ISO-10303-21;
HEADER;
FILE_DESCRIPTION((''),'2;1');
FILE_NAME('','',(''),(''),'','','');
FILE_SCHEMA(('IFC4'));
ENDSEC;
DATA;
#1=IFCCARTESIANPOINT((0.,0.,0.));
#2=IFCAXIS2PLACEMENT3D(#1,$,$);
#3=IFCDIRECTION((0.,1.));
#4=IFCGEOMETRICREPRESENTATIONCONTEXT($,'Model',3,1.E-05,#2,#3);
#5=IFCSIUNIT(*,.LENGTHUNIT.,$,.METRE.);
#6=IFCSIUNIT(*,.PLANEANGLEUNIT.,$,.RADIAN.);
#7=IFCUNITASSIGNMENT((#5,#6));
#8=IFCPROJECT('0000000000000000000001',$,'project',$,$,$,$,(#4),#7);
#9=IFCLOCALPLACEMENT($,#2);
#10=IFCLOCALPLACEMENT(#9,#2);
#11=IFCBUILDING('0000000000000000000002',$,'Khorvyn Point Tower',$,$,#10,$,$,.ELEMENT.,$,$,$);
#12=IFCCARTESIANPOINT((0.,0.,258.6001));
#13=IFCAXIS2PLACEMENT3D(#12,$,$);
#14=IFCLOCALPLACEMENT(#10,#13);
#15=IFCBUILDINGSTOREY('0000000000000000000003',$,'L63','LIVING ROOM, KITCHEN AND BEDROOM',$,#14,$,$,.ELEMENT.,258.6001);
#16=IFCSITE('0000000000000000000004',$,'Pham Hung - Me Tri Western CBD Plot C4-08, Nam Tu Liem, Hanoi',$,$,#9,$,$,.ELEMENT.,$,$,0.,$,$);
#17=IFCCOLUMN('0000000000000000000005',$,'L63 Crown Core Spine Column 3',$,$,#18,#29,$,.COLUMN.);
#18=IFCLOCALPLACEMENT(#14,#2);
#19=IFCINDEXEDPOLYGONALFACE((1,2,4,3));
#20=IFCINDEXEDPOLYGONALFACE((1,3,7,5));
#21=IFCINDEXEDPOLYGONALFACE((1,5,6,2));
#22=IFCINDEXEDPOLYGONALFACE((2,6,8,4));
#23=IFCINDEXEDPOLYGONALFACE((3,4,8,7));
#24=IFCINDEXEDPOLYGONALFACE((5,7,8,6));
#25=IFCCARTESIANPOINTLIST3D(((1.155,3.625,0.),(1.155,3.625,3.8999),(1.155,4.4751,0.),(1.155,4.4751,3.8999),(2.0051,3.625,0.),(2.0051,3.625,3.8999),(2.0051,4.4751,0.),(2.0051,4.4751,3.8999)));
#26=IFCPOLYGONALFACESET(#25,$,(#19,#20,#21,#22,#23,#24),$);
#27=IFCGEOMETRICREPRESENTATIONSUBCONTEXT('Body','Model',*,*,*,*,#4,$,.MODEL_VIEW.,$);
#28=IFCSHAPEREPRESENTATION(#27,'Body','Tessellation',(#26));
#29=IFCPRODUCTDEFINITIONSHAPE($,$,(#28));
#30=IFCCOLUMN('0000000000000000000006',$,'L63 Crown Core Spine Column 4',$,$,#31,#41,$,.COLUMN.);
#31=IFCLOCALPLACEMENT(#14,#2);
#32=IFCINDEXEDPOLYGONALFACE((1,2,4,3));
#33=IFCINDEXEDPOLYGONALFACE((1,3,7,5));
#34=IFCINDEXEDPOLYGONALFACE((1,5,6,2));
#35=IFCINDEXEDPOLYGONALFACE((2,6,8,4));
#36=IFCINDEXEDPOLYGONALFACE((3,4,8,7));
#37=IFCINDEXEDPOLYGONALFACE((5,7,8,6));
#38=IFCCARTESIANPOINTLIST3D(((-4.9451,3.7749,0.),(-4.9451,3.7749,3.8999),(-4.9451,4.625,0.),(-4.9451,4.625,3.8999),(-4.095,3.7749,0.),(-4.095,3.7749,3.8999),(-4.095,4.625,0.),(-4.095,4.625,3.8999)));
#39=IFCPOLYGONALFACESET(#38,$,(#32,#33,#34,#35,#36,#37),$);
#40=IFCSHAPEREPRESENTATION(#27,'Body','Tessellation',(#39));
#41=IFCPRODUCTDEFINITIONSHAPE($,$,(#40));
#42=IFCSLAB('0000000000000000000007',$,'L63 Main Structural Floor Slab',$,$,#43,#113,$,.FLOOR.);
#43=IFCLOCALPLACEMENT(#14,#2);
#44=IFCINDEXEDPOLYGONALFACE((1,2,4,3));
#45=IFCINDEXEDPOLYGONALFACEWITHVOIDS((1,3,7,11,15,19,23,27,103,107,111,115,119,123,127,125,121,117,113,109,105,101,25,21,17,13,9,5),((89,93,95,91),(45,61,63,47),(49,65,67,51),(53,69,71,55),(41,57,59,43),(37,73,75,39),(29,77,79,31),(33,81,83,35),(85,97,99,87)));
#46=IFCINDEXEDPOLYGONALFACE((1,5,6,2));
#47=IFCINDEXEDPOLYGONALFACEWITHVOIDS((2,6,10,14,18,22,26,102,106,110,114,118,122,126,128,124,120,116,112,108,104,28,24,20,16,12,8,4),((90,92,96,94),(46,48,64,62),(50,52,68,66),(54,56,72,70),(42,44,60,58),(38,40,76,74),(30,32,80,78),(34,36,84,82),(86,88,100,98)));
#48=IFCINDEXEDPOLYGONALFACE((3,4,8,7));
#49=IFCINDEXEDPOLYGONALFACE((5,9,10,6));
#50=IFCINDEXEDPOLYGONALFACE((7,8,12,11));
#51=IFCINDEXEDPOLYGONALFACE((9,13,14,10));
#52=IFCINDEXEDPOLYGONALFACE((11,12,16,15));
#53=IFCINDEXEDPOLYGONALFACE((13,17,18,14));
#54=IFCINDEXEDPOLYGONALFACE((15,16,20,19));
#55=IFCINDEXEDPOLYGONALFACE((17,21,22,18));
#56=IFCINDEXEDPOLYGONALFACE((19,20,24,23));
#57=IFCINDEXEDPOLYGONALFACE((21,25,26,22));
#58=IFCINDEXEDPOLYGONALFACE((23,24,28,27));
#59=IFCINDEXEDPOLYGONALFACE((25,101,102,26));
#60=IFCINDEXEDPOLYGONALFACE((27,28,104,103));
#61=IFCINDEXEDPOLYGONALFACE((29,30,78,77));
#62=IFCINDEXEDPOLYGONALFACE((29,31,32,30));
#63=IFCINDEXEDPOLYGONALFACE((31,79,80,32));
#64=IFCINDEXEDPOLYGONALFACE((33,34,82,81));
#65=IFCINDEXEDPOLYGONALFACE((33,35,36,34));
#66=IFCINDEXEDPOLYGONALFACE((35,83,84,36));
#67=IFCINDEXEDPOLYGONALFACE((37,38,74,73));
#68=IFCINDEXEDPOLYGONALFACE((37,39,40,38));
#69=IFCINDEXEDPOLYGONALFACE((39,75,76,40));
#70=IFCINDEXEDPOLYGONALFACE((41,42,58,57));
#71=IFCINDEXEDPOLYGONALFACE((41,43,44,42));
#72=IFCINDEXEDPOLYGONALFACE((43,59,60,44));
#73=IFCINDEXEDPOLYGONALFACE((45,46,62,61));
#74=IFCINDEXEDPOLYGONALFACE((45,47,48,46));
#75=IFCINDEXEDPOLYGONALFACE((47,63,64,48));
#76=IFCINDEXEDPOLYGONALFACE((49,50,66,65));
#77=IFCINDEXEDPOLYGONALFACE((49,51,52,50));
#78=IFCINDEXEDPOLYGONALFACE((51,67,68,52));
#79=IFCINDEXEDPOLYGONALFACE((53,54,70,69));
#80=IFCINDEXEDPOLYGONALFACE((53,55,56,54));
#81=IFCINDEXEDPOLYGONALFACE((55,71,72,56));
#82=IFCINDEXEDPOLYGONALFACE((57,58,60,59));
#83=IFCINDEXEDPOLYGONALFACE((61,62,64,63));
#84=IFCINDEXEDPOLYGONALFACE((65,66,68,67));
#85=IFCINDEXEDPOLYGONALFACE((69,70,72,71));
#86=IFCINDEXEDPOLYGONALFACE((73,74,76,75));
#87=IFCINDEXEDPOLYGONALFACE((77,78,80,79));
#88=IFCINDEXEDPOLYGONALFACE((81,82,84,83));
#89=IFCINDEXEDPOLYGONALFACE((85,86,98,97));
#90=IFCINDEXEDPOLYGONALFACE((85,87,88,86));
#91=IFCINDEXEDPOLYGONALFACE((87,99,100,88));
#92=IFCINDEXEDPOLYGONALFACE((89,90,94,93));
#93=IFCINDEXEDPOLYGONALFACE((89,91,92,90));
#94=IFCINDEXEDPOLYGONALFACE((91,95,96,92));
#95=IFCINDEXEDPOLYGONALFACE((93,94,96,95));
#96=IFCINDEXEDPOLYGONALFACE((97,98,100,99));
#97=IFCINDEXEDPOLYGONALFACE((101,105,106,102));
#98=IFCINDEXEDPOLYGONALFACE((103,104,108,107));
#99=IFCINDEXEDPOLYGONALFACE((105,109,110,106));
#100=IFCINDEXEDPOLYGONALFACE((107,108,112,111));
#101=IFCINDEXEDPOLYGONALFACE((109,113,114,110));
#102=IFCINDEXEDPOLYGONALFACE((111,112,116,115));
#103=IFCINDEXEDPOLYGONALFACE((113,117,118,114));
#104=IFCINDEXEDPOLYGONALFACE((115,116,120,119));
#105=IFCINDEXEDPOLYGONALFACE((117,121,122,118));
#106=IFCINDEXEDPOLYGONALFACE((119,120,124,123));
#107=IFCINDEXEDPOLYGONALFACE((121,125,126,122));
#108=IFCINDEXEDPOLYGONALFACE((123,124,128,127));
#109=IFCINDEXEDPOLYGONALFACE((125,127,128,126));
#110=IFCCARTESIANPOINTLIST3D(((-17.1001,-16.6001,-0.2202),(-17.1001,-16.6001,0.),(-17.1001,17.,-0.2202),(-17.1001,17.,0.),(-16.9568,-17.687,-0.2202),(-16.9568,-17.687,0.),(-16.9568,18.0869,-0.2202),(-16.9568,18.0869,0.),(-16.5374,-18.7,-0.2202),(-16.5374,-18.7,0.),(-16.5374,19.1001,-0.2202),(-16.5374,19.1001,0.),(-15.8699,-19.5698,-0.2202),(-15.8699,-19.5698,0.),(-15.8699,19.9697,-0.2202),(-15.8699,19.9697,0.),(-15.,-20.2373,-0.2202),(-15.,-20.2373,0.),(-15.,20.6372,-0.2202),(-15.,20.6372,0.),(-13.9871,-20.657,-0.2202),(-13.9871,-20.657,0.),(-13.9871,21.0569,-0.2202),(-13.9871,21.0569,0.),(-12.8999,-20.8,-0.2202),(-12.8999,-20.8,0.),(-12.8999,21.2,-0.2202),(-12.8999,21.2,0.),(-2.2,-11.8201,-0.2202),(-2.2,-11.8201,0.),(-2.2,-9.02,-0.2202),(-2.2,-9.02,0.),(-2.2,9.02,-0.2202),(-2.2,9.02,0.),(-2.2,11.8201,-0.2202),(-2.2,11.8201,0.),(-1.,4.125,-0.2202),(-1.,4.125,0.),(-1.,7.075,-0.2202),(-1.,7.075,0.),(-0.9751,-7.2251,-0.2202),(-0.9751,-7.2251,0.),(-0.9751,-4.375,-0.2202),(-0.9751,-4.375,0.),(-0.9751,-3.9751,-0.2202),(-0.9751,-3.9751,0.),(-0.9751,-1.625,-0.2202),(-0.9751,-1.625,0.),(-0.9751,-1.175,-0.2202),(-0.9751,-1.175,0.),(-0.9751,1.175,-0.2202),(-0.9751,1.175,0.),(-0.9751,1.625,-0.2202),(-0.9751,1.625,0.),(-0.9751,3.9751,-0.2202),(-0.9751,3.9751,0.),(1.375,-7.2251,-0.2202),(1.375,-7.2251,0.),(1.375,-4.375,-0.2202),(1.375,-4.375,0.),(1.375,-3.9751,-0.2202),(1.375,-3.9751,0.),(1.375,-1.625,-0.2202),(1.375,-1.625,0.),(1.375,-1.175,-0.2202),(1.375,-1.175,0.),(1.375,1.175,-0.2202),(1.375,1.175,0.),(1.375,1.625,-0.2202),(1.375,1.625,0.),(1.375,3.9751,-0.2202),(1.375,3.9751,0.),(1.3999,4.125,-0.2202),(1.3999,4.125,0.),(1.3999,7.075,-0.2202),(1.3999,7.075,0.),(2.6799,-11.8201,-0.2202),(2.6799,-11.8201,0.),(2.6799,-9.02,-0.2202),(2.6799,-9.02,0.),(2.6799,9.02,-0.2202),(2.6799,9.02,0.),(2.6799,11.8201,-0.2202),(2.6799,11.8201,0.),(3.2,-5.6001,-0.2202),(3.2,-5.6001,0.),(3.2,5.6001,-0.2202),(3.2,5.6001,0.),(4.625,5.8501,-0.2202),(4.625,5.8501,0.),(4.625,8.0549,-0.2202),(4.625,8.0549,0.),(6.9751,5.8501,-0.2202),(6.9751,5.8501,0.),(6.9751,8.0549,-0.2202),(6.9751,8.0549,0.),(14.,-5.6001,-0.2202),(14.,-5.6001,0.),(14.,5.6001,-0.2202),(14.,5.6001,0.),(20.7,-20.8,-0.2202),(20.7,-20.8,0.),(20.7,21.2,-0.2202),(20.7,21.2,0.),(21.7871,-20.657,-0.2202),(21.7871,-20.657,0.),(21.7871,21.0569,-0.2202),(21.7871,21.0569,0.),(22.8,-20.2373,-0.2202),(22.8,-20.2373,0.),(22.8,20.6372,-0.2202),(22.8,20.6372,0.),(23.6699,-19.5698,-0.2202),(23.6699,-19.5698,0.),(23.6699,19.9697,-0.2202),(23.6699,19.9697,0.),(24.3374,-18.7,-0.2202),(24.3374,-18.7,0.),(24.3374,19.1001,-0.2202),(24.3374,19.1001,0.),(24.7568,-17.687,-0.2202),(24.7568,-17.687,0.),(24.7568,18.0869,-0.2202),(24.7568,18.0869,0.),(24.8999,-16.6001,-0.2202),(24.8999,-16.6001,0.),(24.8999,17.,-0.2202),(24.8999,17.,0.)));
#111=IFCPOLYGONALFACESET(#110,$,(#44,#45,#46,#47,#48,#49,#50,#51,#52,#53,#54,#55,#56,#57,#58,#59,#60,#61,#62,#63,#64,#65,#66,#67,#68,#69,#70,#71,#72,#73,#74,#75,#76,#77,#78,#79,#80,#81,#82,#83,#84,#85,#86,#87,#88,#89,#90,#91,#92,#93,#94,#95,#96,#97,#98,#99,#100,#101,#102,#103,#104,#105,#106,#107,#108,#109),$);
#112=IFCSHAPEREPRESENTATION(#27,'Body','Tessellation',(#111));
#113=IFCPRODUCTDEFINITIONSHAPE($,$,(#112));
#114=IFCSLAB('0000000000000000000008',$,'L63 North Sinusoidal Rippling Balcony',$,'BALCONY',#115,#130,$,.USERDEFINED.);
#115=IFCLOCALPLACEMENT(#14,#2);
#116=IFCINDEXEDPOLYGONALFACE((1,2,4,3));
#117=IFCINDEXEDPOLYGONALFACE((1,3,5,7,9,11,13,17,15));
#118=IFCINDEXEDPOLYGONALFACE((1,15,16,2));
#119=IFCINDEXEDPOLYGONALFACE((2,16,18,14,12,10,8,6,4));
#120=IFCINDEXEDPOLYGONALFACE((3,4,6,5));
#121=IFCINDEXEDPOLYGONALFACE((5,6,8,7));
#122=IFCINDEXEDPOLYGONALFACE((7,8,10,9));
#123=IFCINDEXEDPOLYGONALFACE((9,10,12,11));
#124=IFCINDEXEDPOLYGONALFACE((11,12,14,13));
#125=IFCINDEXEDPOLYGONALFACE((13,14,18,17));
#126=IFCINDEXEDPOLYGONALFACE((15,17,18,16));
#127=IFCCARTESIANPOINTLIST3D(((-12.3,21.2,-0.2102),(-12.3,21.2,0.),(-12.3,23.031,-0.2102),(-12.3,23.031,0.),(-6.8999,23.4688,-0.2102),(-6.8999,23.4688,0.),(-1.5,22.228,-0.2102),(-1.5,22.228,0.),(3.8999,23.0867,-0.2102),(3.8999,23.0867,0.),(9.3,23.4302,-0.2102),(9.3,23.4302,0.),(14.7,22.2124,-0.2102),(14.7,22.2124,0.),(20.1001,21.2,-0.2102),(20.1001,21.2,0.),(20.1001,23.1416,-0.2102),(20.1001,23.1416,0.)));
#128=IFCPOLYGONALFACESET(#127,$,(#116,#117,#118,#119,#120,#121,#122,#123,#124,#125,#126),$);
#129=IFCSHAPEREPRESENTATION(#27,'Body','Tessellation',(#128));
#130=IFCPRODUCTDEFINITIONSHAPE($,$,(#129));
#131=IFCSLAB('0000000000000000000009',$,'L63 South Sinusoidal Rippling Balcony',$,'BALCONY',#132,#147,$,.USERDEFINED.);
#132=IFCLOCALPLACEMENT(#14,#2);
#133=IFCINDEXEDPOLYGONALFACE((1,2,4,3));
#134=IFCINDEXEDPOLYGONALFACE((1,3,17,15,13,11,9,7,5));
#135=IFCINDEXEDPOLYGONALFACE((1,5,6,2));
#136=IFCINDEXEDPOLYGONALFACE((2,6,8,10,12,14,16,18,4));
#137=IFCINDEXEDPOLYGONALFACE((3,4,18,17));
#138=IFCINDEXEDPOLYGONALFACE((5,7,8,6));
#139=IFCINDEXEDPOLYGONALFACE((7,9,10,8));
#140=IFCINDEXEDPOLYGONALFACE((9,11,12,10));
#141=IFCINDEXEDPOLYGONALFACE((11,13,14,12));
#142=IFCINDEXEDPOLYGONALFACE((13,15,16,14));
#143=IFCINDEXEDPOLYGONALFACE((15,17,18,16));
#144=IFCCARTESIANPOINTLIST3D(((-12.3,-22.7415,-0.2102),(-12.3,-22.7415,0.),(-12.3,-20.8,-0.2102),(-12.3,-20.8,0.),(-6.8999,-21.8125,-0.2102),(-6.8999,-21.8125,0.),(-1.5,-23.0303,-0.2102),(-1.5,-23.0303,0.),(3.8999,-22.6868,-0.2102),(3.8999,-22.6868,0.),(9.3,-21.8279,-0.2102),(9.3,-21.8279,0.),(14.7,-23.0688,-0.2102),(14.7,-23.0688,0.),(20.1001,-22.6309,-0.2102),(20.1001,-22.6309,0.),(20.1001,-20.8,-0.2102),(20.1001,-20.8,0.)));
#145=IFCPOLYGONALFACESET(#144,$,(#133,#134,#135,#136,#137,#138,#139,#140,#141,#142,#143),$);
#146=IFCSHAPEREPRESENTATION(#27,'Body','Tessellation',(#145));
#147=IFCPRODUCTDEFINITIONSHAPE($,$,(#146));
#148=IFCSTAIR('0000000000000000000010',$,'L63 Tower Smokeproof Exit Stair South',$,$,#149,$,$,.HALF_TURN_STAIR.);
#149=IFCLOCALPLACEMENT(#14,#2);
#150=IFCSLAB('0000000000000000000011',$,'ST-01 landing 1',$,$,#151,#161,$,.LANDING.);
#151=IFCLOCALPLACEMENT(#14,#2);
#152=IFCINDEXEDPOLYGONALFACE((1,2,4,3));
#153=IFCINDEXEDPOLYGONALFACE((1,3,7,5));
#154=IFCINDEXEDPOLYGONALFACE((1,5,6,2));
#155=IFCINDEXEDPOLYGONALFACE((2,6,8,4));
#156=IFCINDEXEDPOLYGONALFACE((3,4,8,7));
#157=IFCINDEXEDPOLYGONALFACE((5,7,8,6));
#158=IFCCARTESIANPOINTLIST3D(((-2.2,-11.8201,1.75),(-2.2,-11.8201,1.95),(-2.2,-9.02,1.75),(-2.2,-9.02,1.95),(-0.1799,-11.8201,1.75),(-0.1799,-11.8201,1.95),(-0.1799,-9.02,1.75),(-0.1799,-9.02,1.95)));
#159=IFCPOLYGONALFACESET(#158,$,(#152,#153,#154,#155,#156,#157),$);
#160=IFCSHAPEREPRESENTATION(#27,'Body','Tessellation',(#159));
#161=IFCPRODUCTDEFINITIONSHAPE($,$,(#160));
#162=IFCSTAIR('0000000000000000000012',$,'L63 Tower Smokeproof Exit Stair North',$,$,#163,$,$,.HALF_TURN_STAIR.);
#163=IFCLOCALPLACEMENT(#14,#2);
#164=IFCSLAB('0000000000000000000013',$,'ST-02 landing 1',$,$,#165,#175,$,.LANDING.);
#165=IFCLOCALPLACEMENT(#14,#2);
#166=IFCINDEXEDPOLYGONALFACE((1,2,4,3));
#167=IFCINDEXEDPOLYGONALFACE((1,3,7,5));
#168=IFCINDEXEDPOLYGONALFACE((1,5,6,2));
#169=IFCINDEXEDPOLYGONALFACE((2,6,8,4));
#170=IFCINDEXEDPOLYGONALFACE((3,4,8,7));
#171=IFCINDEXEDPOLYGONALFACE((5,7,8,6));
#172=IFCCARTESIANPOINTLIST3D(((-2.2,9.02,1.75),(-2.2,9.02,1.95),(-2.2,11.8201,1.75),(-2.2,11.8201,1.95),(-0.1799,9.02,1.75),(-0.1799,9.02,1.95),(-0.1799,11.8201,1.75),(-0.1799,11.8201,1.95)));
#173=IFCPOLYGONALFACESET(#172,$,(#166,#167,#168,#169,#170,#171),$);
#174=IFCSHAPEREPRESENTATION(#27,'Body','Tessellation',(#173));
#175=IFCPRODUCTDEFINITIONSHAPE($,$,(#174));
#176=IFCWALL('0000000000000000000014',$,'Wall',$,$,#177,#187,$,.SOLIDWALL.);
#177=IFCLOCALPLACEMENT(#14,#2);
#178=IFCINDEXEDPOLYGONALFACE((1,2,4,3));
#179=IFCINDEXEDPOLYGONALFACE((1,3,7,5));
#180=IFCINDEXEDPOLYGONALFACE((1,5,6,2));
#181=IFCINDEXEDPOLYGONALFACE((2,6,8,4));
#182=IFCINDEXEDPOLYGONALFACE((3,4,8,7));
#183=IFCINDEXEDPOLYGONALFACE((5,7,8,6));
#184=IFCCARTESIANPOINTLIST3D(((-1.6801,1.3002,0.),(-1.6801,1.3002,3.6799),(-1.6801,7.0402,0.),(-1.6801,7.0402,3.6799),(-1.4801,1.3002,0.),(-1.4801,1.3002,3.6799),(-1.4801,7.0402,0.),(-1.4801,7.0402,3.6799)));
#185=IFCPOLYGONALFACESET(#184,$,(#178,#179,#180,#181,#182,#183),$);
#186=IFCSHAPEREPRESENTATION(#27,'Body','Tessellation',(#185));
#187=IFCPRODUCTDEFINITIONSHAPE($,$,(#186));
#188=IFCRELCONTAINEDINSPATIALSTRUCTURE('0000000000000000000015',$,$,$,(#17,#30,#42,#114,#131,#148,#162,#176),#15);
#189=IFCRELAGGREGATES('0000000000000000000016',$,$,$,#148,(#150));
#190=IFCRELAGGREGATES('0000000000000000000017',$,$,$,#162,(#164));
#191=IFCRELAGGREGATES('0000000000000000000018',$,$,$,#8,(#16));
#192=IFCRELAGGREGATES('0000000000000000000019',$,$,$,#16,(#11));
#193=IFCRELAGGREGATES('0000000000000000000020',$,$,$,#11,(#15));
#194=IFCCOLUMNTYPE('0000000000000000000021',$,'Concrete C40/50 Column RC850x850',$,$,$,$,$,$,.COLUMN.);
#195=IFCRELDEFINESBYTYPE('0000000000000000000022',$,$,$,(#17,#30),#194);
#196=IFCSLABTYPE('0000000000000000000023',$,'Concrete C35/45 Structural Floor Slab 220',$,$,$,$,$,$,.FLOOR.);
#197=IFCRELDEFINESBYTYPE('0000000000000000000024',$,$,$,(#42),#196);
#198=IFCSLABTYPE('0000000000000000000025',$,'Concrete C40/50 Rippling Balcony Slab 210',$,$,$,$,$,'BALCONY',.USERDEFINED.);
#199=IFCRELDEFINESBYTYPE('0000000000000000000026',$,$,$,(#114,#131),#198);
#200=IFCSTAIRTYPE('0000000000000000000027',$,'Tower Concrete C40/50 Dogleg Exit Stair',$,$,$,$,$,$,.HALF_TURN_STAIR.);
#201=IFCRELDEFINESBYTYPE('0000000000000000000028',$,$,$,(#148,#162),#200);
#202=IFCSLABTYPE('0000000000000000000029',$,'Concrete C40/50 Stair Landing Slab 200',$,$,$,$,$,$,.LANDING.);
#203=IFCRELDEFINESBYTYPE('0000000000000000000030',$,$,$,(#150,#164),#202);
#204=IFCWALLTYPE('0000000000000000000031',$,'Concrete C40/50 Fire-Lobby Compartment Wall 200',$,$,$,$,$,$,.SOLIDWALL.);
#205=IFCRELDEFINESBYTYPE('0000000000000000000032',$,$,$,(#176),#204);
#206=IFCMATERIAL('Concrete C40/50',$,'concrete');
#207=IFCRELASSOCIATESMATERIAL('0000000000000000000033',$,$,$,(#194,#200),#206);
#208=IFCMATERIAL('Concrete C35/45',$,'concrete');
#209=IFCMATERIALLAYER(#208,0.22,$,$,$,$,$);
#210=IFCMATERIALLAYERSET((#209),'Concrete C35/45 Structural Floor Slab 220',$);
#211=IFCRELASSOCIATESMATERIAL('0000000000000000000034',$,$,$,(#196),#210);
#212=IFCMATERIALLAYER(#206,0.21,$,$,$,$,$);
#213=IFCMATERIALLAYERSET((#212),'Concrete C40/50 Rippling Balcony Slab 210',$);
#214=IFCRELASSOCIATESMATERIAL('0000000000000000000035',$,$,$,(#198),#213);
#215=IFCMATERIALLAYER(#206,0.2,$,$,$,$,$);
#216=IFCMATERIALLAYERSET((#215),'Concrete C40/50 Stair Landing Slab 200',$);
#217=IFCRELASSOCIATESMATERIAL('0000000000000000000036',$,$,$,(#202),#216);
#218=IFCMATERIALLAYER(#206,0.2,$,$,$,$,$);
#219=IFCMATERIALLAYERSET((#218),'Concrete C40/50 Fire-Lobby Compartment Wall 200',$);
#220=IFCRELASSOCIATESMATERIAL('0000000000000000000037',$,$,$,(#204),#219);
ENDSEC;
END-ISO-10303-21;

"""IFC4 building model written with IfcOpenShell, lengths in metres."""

from ifc_helpers import new_model, si_unit, direction, frame, frame_2d, origin, origin_2d, place, context, subcontext, project, spatial, polyline, rectangle, outline, extrude, material, layer, layer_set, material_profile, profile_set, type_object, element, aggregate, save


model = new_model("IFC4")

# Units and contexts
model_context = context("Model", 3, precision=1e-05, world=origin(), true_north=direction((0.0, 1.0)))
body_context = subcontext(model_context, "Body", "Model", "MODEL_VIEW")
ifc_project = project(units=[si_unit("LENGTHUNIT", "METRE"), si_unit("PLANEANGLEUNIT", "RADIAN")], contexts=[model_context])

# Site, building, storey
site_placement = place(None, origin())
site = spatial("IfcSite", under=ifc_project, at=site_placement, Name="Pham Hung - Me Tri Western CBD Plot C4-08, Nam Tu Liem, Hanoi", CompositionType="ELEMENT", RefElevation=0.0)
building_placement = place(site_placement, origin())
building = spatial("IfcBuilding", under=site, at=building_placement, Name="Khorvyn Point Tower", CompositionType="ELEMENT")
storey_placement = place(building_placement, frame((0.0, 0.0, 258.6001)))
storey = spatial("IfcBuildingStorey", under=building, at=storey_placement, Name="L63", Description="LIVING ROOM, KITCHEN AND BEDROOM", CompositionType="ELEMENT", Elevation=258.6001)

# Columns
ifc_material_1 = material(Name="Concrete C40/50", Category="concrete")
ifc_material_profile = material_profile(ifc_material_1, rectangle(XDim=0.8501, YDim=0.8501, at=origin_2d()))
ifc_profile_set = profile_set([ifc_material_profile], Name="Concrete C40/50 RC850x850")
column_type = type_object("IfcColumnType", Name="Concrete C40/50 Column RC850x850", PredefinedType="COLUMN", material=ifc_profile_set)
for number, where, z_axis, x_axis, name in (
    (1, (1.5801, 4.05, 0.0), (0.0, 0.0, 1.0), (1.0, 0.0, 0.0), "L63 Crown Core Spine Column 3"),
    (2, (-4.52, 4.2, 0.0), (0.0, 0.0, 1.0), (1.0, 0.0, 0.0), "L63 Crown Core Spine Column 4"),
):
    element("IfcColumn", number, at=place(storey_placement, frame(where, z_axis=z_axis, x_axis=x_axis)), inside=storey, type_object=column_type, Name=name, PredefinedType="COLUMN", context=body_context, shape_type="SweptSolid", body=[
        extrude(rectangle(XDim=0.8501, YDim=0.8501, at=origin_2d()), origin(), (0.0, 0.0, 1.0), 3.8999),
    ])

# Slabs
ifc_material_2 = material(Name="Concrete C35/45", Category="concrete")
ifc_layer_1 = layer(ifc_material_2, 0.22)
ifc_layer_set_1 = layer_set([ifc_layer_1], Name="Concrete C35/45 Structural Floor Slab 220")
slab_type_1 = type_object("IfcSlabType", Name="Concrete C35/45 Structural Floor Slab 220", PredefinedType="FLOOR", material=ifc_layer_set_1)
slab_1_placement = place(storey_placement, frame((0.0, 0.0, -0.2202)))
element("IfcSlab", 3, at=slab_1_placement, inside=storey, type_object=slab_type_1, Name="L63 Main Structural Floor Slab", PredefinedType="FLOOR", context=body_context, shape_type="SweptSolid", body=[
    extrude(outline(polyline([(-12.8999, -20.8), (-13.9871, -20.657), (-15.0, -20.2373), (-15.8699, -19.5698), (-16.5374, -18.7), (-16.9568, -17.687), (-17.1001, -16.6001), (-17.1001, 17.0), (-16.9568, 18.0869), (-16.5374, 19.1001), (-15.8699, 19.9697), (-15.0, 20.6372), (-13.9871, 21.0569), (-12.8999, 21.2), (20.7, 21.2), (21.7871, 21.0569), (22.8, 20.6372), (23.6699, 19.9697), (24.3374, 19.1001), (24.7568, 18.0869), (24.8999, 17.0), (24.8999, -16.6001), (24.7568, -17.687), (24.3374, -18.7), (23.6699, -19.5698), (22.8, -20.2373), (21.7871, -20.657), (20.7, -20.8), (-12.8999, -20.8)]), holes=[polyline([(2.6799, -11.8201), (2.6799, -9.02), (-2.2, -9.02), (-2.2, -11.8201), (2.6799, -11.8201)]), polyline([(1.375, -7.2251), (1.375, -4.375), (-0.9751, -4.375), (-0.9751, -7.2251), (1.375, -7.2251)]), polyline([(1.375, -3.9751), (1.375, -1.625), (-0.9751, -1.625), (-0.9751, -3.9751), (1.375, -3.9751)]), polyline([(1.375, -1.175), (1.375, 1.175), (-0.9751, 1.175), (-0.9751, -1.175), (1.375, -1.175)]), polyline([(14.0, -5.6001), (14.0, 5.6001), (3.2, 5.6001), (3.2, -5.6001), (14.0, -5.6001)]), polyline([(1.375, 1.625), (1.375, 3.9751), (-0.9751, 3.9751), (-0.9751, 1.625), (1.375, 1.625)]), polyline([(1.3999, 4.125), (1.3999, 7.075), (-1.0, 7.075), (-1.0, 4.125), (1.3999, 4.125)]), polyline([(4.625, 5.8501), (6.9751, 5.8501), (6.9751, 8.0549), (4.625, 8.0549), (4.625, 5.8501)]), polyline([(-2.2, 9.02), (2.6799, 9.02), (2.6799, 11.8201), (-2.2, 11.8201), (-2.2, 9.02)])]), origin(), (0.0, 0.0, 1.0), 0.2202),
])
ifc_layer_2 = layer(ifc_material_1, 0.21)
ifc_layer_set_2 = layer_set([ifc_layer_2], Name="Concrete C40/50 Rippling Balcony Slab 210")
slab_type_2 = type_object("IfcSlabType", Name="Concrete C40/50 Rippling Balcony Slab 210", ElementType="BALCONY", PredefinedType="USERDEFINED", material=ifc_layer_set_2)
slab_2_placement = place(storey_placement, frame((0.0, 0.0, -0.2102)))
element("IfcSlab", 4, at=slab_2_placement, inside=storey, type_object=slab_type_2, Name="L63 North Sinusoidal Rippling Balcony", ObjectType="BALCONY", PredefinedType="USERDEFINED", context=body_context, shape_type="SweptSolid", body=[
    extrude(outline(polyline([(20.1001, 21.2), (20.1001, 23.1416), (14.7, 22.2124), (9.3, 23.4302), (3.8999, 23.0867), (-1.5, 22.228), (-6.8999, 23.4688), (-12.3, 23.031), (-12.3, 21.2), (20.1001, 21.2)])), origin(), (0.0, 0.0, 1.0), 0.2102),
])
slab_3_placement = place(storey_placement, frame((0.0, 0.0, -0.2102)))
element("IfcSlab", 5, at=slab_3_placement, inside=storey, type_object=slab_type_2, Name="L63 South Sinusoidal Rippling Balcony", ObjectType="BALCONY", PredefinedType="USERDEFINED", context=body_context, shape_type="SweptSolid", body=[
    extrude(outline(polyline([(-12.3, -20.8), (-12.3, -22.7415), (-6.8999, -21.8125), (-1.5, -23.0303), (3.8999, -22.6868), (9.3, -21.8279), (14.7, -23.0688), (20.1001, -22.6309), (20.1001, -20.8), (-12.3, -20.8)])), origin(), (0.0, 0.0, 1.0), 0.2102),
])

# Stairs, slabs
stair_type = type_object("IfcStairType", Name="Tower Concrete C40/50 Dogleg Exit Stair", PredefinedType="HALF_TURN_STAIR", material=ifc_material_1)
stair_1_placement = place(storey_placement, origin())
stair_1 = element("IfcStair", 6, at=stair_1_placement, inside=storey, type_object=stair_type, Name="L63 Tower Smokeproof Exit Stair South", PredefinedType="HALF_TURN_STAIR")
ifc_layer_3 = layer(ifc_material_1, 0.2)
ifc_layer_set_3 = layer_set([ifc_layer_3], Name="Concrete C40/50 Stair Landing Slab 200")
slab_type_3 = type_object("IfcSlabType", Name="Concrete C40/50 Stair Landing Slab 200", PredefinedType="LANDING", material=ifc_layer_set_3)
slab_4_placement = place(storey_placement, frame((0.0, 0.0, 1.75)))
slab_4 = element("IfcSlab", 7, at=slab_4_placement, type_object=slab_type_3, Name="ST-01 landing 1", PredefinedType="LANDING", context=body_context, shape_type="SweptSolid", body=[
    extrude(outline(polyline([(-0.1799, -9.02), (-2.2, -9.02), (-2.2, -11.8201), (-0.1799, -11.8201), (-0.1799, -9.02)])), origin(), (0.0, 0.0, 1.0), 0.2),
])
aggregate(stair_1, [slab_4])
stair_2_placement = place(storey_placement, origin())
stair_2 = element("IfcStair", 8, at=stair_2_placement, inside=storey, type_object=stair_type, Name="L63 Tower Smokeproof Exit Stair North", PredefinedType="HALF_TURN_STAIR")
slab_5_placement = place(storey_placement, frame((0.0, 0.0, 1.75)))
slab_5 = element("IfcSlab", 9, at=slab_5_placement, type_object=slab_type_3, Name="ST-02 landing 1", PredefinedType="LANDING", context=body_context, shape_type="SweptSolid", body=[
    extrude(outline(polyline([(-0.1799, 11.8201), (-2.2, 11.8201), (-2.2, 9.02), (-0.1799, 9.02), (-0.1799, 11.8201)])), origin(), (0.0, 0.0, 1.0), 0.2),
])
aggregate(stair_2, [slab_5])

# Wall
ifc_layer_4 = layer(ifc_material_1, 0.2)
ifc_layer_set_4 = layer_set([ifc_layer_4], Name="Concrete C40/50 Fire-Lobby Compartment Wall 200")
wall_type_1 = type_object("IfcWallType", Name="Concrete C40/50 Fire-Lobby Compartment Wall 200", PredefinedType="SOLIDWALL", material=ifc_layer_set_4)
wall_1_placement = place(storey_placement, frame((-1.5801, 1.3, 0.0), z_axis=(0.0, 0.0, 1.0), x_axis=(0.0, 1.0, 0.0)))
element("IfcWall", 10, at=wall_1_placement, inside=storey, type_object=wall_type_1, Name="Wall", PredefinedType="SOLIDWALL", context=body_context, shape_type="SweptSolid", body=[
    extrude(rectangle(XDim=5.74, YDim=0.2, at=frame_2d((2.8701, 0.0))), origin(), (0.0, 0.0, 1.0), 3.6799),
])

save(model, "model.ifc")
